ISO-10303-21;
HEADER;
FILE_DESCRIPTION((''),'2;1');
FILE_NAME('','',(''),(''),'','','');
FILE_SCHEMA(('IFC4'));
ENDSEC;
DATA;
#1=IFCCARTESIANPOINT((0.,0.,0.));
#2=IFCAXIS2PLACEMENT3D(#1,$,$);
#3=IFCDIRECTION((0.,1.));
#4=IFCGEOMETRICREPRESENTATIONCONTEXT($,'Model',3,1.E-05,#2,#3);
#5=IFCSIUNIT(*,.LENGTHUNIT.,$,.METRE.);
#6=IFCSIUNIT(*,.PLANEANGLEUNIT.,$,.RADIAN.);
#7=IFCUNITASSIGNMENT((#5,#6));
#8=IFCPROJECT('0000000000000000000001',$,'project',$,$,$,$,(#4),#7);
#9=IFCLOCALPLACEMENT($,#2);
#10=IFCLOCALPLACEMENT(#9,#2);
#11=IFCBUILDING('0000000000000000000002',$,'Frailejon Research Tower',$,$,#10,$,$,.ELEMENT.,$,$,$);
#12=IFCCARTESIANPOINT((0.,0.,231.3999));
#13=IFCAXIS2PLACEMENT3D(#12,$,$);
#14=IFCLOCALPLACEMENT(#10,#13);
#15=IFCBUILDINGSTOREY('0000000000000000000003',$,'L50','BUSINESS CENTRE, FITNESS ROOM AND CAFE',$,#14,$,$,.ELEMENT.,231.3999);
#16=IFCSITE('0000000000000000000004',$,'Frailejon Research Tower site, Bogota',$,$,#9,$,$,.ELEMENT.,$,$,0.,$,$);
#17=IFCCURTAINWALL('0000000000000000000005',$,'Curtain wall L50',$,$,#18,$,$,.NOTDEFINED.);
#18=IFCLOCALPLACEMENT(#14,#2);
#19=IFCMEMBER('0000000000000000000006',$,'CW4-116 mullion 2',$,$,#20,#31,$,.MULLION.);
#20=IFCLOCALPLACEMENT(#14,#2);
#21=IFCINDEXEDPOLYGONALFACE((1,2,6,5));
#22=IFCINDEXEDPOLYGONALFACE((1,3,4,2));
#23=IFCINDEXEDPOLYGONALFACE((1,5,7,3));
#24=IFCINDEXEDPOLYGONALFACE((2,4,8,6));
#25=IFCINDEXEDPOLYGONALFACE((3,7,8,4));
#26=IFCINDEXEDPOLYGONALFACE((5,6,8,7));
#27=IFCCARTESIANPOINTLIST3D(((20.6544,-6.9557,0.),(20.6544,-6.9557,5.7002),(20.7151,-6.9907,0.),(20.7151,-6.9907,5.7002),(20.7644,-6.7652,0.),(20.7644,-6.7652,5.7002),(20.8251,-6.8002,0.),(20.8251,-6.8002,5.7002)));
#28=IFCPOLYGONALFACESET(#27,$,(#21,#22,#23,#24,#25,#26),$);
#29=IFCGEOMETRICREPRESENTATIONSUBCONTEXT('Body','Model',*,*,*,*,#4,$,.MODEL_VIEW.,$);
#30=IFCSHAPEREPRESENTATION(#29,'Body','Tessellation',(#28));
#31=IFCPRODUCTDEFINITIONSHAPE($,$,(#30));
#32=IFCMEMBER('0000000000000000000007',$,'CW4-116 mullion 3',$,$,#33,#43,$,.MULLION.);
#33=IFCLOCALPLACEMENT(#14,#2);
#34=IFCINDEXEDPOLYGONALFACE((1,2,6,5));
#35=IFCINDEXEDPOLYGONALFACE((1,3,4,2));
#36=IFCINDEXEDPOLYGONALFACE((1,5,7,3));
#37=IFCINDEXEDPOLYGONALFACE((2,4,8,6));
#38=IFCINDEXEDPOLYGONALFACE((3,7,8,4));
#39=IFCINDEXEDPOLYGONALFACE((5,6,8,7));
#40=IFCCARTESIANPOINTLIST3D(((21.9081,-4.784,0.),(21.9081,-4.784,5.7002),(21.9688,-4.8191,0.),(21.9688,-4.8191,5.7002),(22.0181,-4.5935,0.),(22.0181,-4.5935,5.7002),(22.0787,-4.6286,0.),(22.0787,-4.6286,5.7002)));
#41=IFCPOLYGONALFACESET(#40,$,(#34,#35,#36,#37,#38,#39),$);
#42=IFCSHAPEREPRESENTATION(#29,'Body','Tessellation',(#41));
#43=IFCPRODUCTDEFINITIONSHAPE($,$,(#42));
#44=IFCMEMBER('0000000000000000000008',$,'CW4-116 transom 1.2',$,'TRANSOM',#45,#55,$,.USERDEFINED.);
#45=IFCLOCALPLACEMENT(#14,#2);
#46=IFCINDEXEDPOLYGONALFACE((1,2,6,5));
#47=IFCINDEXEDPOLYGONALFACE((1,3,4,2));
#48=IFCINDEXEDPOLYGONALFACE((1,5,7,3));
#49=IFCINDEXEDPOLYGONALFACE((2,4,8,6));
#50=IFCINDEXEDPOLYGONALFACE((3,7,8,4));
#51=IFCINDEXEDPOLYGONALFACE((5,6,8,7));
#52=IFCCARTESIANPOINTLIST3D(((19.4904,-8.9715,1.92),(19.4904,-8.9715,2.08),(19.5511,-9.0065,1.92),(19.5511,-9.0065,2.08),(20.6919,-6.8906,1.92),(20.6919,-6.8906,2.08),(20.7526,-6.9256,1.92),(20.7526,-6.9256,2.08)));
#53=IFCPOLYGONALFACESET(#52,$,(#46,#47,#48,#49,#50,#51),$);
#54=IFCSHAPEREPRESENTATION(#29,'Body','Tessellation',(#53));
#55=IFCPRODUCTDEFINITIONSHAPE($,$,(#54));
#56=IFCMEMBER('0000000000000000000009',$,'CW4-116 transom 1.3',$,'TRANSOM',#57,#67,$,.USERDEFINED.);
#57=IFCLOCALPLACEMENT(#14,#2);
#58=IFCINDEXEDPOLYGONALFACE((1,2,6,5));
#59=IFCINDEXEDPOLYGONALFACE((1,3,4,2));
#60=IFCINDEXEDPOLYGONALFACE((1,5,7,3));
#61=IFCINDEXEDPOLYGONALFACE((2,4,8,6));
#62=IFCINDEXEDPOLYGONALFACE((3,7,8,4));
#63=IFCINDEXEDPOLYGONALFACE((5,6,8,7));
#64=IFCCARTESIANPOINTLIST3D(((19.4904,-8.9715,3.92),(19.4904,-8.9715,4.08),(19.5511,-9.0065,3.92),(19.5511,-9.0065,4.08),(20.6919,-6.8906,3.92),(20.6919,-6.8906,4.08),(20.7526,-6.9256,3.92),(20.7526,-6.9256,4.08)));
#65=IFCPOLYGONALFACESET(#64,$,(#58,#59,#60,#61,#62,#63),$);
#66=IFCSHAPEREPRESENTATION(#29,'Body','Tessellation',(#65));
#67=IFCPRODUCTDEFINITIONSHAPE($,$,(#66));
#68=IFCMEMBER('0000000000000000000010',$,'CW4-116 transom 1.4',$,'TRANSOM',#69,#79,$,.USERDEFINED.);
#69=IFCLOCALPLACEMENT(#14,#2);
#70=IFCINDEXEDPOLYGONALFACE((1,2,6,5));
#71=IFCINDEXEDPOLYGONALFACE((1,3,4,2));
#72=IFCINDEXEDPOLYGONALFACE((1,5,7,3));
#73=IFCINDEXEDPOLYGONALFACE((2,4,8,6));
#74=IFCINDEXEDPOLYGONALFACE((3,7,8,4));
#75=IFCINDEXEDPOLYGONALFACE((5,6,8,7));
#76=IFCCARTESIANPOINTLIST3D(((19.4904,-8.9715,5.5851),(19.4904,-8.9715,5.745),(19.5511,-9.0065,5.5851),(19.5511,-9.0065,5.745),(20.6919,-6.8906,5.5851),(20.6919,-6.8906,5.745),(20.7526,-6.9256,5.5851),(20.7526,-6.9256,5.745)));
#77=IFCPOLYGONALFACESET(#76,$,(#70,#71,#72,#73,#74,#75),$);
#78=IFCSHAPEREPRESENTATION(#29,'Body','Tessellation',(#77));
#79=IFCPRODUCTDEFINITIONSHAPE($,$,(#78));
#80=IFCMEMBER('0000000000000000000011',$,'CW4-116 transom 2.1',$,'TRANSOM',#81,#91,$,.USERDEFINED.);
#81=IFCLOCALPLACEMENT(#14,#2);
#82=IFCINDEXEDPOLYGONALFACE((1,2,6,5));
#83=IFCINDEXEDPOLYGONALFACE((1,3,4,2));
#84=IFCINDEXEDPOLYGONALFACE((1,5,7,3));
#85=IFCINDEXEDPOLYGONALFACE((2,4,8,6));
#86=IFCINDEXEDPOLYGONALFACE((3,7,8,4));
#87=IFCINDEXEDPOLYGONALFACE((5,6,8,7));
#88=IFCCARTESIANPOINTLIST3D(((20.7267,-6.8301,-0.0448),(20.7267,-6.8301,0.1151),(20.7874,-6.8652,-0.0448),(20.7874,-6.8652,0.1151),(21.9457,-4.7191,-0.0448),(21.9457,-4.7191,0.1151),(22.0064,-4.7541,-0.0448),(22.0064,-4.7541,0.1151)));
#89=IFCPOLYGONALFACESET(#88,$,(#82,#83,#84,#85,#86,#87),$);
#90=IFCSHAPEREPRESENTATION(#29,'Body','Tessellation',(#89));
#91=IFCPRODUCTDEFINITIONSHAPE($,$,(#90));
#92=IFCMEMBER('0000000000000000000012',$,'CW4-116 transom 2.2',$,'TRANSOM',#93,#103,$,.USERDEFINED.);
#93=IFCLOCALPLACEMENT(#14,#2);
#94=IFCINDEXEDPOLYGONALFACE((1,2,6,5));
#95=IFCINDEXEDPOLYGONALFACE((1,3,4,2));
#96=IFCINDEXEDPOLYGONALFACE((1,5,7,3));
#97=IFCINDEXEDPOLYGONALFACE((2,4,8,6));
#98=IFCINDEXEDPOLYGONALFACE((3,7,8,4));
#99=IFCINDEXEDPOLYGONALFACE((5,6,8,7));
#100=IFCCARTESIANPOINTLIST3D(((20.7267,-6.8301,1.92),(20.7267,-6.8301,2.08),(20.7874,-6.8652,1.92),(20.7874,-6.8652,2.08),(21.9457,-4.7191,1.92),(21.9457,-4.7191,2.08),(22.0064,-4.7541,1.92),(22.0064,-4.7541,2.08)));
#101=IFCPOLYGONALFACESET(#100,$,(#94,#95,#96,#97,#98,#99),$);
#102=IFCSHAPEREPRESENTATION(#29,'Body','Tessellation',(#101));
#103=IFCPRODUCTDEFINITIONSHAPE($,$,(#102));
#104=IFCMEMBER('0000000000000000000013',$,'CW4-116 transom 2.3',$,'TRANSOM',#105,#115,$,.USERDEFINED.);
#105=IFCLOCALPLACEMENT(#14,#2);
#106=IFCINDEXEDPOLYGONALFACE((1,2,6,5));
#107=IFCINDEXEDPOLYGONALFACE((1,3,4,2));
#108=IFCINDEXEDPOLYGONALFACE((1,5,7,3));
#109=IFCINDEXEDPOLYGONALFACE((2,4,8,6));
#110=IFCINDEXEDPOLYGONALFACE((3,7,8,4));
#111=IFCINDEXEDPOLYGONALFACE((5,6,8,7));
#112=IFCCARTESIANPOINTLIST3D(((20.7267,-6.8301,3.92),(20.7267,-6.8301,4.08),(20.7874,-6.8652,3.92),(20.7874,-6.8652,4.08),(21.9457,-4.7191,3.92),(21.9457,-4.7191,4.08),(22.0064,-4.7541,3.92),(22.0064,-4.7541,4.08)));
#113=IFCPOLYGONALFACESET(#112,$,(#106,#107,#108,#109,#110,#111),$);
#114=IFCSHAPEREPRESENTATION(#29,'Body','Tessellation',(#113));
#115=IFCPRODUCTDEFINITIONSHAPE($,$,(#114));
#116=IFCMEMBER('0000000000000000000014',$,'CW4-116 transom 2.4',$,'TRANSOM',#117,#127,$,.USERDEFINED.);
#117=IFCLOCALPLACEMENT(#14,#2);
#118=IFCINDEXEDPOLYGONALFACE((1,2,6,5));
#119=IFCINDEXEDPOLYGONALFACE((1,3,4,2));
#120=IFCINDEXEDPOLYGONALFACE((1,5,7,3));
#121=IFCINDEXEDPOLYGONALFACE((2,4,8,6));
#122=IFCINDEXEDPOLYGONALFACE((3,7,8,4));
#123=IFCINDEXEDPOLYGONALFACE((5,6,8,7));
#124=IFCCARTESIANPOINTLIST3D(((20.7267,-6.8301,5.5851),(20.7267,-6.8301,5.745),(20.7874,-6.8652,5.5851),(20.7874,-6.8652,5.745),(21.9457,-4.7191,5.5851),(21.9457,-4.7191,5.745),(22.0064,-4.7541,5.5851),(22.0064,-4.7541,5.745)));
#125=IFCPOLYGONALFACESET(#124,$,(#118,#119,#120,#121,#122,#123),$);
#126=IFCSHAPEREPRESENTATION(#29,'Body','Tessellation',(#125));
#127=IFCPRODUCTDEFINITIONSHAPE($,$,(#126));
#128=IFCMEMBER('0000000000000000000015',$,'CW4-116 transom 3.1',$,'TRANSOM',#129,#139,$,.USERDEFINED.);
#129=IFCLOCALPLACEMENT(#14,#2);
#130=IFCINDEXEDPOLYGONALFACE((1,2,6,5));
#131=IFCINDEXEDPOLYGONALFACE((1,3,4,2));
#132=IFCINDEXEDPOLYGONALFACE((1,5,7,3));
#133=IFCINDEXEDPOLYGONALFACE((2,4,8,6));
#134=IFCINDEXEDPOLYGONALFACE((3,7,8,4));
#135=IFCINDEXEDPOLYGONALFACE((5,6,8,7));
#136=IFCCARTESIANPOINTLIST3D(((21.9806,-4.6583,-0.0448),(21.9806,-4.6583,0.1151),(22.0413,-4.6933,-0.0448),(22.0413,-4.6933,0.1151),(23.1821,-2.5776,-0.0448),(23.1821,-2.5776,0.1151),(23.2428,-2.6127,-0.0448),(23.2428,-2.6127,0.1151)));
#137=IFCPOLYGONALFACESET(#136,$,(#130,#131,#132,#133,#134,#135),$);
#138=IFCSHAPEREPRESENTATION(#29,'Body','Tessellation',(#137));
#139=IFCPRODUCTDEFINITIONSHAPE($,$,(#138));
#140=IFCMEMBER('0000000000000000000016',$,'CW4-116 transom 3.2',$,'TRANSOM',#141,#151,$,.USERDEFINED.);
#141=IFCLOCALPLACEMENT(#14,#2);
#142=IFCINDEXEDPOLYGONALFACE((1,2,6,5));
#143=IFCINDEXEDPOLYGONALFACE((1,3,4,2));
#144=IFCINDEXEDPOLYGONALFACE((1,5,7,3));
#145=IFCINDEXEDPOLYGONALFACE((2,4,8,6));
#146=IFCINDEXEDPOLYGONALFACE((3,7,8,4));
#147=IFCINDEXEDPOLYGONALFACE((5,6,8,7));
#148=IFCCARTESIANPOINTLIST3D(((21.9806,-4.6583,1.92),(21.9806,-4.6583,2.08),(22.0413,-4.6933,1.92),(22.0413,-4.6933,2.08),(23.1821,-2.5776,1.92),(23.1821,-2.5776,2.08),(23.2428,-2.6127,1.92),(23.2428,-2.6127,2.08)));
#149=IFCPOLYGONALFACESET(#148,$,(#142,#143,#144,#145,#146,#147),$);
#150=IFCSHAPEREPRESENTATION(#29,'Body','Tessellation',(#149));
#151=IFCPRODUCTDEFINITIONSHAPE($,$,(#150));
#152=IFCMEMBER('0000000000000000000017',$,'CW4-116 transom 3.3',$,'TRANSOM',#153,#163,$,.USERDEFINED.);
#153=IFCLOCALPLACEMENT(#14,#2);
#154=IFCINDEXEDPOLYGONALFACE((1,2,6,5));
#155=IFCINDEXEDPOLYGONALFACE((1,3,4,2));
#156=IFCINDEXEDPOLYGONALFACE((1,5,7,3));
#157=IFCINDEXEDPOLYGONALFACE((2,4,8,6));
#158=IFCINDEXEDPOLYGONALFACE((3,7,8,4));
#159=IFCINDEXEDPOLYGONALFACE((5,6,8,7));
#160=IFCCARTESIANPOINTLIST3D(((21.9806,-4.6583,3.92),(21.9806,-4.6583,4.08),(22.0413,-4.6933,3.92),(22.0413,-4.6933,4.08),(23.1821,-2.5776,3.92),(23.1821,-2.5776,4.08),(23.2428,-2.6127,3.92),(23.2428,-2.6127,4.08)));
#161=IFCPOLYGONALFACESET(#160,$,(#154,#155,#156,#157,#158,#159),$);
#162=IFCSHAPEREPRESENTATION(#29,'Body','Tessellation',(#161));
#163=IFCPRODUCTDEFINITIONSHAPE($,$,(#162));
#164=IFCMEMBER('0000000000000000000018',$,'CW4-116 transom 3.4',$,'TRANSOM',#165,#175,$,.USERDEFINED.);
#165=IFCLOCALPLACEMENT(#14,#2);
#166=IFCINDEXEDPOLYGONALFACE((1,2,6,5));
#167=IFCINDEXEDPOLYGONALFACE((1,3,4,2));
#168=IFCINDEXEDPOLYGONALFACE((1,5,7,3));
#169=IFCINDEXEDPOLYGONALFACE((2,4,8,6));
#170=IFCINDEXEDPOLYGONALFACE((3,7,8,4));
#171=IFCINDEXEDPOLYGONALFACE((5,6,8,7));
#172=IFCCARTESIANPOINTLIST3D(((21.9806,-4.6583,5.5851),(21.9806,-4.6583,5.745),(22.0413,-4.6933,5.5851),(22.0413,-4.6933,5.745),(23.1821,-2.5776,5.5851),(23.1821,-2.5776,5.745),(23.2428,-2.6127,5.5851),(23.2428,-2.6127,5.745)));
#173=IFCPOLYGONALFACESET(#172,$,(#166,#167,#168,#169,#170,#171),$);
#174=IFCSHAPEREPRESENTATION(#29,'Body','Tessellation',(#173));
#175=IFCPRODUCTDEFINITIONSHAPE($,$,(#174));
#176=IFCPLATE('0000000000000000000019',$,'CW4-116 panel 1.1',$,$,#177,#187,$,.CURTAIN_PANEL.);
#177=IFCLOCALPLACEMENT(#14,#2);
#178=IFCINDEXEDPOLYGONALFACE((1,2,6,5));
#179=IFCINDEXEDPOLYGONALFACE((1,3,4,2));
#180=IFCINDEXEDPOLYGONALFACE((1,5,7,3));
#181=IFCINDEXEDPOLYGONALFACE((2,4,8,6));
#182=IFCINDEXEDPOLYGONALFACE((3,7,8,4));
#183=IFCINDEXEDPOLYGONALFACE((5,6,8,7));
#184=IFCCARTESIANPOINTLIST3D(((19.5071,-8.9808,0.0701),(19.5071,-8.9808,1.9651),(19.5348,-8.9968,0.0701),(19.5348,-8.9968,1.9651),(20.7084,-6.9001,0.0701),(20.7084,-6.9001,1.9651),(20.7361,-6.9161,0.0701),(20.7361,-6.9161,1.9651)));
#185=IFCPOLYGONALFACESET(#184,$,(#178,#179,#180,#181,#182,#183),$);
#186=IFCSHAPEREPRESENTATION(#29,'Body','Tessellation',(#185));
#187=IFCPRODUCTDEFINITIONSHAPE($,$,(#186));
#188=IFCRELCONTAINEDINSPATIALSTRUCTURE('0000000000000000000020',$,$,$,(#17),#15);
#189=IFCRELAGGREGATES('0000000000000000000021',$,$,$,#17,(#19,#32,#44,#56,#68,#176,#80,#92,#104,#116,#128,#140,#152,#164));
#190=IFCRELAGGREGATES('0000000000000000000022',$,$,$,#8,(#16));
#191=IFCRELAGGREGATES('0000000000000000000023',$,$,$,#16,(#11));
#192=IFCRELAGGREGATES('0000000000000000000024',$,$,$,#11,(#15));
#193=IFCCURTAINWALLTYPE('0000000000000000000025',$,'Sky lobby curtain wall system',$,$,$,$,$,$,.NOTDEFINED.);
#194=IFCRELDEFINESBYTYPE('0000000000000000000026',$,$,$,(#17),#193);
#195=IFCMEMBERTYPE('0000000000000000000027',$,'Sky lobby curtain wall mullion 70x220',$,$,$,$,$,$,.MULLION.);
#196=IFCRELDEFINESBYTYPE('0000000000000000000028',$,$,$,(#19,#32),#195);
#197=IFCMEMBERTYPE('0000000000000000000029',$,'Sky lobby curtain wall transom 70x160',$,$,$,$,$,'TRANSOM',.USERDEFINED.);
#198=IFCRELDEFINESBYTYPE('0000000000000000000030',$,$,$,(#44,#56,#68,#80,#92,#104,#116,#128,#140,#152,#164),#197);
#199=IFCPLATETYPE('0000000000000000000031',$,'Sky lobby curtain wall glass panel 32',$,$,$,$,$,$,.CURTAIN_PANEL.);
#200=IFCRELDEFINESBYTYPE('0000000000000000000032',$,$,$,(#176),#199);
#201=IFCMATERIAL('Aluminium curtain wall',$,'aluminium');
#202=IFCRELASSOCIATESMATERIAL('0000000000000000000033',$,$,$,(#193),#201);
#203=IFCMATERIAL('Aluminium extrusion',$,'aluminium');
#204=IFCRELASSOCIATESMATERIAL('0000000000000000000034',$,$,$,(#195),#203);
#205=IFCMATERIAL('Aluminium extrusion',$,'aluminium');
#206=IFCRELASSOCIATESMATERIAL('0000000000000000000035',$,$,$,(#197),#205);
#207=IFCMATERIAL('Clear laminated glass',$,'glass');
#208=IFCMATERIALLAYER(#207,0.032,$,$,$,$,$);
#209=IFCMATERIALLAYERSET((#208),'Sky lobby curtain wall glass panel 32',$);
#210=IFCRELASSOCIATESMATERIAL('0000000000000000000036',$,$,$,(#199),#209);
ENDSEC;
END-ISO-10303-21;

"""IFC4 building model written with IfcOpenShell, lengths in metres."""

from ifc_helpers import new_model, si_unit, direction, frame, origin, origin_2d, place, context, subcontext, project, spatial, rectangle, extrude, material, layer, layer_set, material_profile, profile_set, type_object, element, aggregate, save


model = new_model("IFC4")

# Units and contexts
model_context = context("Model", 3, precision=1e-05, world=origin(), true_north=direction((0.0, 1.0)))
body_context = subcontext(model_context, "Body", "Model", "MODEL_VIEW")
ifc_project = project(units=[si_unit("LENGTHUNIT", "METRE"), si_unit("PLANEANGLEUNIT", "RADIAN")], contexts=[model_context])

# Site, building, storey
site_placement = place(None, origin())
site = spatial("IfcSite", under=ifc_project, at=site_placement, Name="Frailejon Research Tower site, Bogota", CompositionType="ELEMENT", RefElevation=0.0)
building_placement = place(site_placement, origin())
building = spatial("IfcBuilding", under=site, at=building_placement, Name="Frailejon Research Tower", CompositionType="ELEMENT")
storey_placement = place(building_placement, frame((0.0, 0.0, 231.3999)))
storey = spatial("IfcBuildingStorey", under=building, at=storey_placement, Name="L50", Description="BUSINESS CENTRE, FITNESS ROOM AND CAFE", CompositionType="ELEMENT", Elevation=231.3999)

# Curtain wall, members, plate
ifc_material_1 = material(Name="Aluminium curtain wall", Category="aluminium")
curtain_wall_type = type_object("IfcCurtainWallType", Name="Sky lobby curtain wall system", PredefinedType="NOTDEFINED", material=ifc_material_1)
curtain_wall_placement = place(storey_placement, origin())
curtain_wall = element("IfcCurtainWall", 1, at=curtain_wall_placement, inside=storey, type_object=curtain_wall_type, Name="Curtain wall L50", PredefinedType="NOTDEFINED")
ifc_material_2 = material(Name="Aluminium extrusion", Category="aluminium")
ifc_material_profile_1 = material_profile(ifc_material_2, rectangle(XDim=0.0701, YDim=0.22, at=origin_2d()), Name="Sky lobby curtain wall mullion 70x220")
ifc_profile_set_1 = profile_set([ifc_material_profile_1], Name="Aluminium extrusion")
member_type_1 = type_object("IfcMemberType", Name="Sky lobby curtain wall mullion 70x220", PredefinedType="MULLION", material=ifc_profile_set_1)
member_1_placement = place(storey_placement, frame((20.7397, -6.8779, 0.0), z_axis=(0.0, 0.0, 1.0), x_axis=(-0.866025, 0.500001, 0.0)))
member_1 = element("IfcMember", 2, at=member_1_placement, type_object=member_type_1, Name="CW4-116 mullion 2", PredefinedType="MULLION", context=body_context, shape_type="SweptSolid", body=[
    extrude(rectangle(XDim=0.0701, YDim=0.22, at=origin_2d()), origin(), (0.0, 0.0, 1.0), 5.7002),
])
member_2_placement = place(storey_placement, frame((21.9934, -4.7063, 0.0), z_axis=(0.0, 0.0, 1.0), x_axis=(-0.866025, 0.500001, 0.0)))
member_2 = element("IfcMember", 3, at=member_2_placement, type_object=member_type_1, Name="CW4-116 mullion 3", PredefinedType="MULLION", context=body_context, shape_type="SweptSolid", body=[
    extrude(rectangle(XDim=0.0701, YDim=0.22, at=origin_2d()), origin(), (0.0, 0.0, 1.0), 5.7002),
])
ifc_material_3 = material(Name="Aluminium extrusion", Category="aluminium")
ifc_material_profile_2 = material_profile(ifc_material_3, rectangle(XDim=0.0701, YDim=0.1599, at=origin_2d()), Name="Sky lobby curtain wall transom 70x160")
ifc_profile_set_2 = profile_set([ifc_material_profile_2], Name="Aluminium extrusion")
member_type_2 = type_object("IfcMemberType", Name="Sky lobby curtain wall transom 70x160", ElementType="TRANSOM", PredefinedType="USERDEFINED", material=ifc_profile_set_2)
member_3_placement = place(storey_placement, frame((19.5208, -8.989, 2.0), z_axis=(0.500019, 0.866015, 0.0), x_axis=(-0.866015, 0.500019, 0.0)))
member_3 = element("IfcMember", 4, at=member_3_placement, type_object=member_type_2, Name="CW4-116 transom 1.2", ObjectType="TRANSOM", PredefinedType="USERDEFINED", context=body_context, shape_type="SweptSolid", body=[
    extrude(rectangle(XDim=0.0701, YDim=0.1599, at=origin_2d()), origin(), (0.0, 0.0, 1.0), 2.4028),
])
member_4_placement = place(storey_placement, frame((19.5208, -8.989, 4.0), z_axis=(0.500019, 0.866015, 0.0), x_axis=(-0.866015, 0.500019, 0.0)))
member_4 = element("IfcMember", 5, at=member_4_placement, type_object=member_type_2, Name="CW4-116 transom 1.3", ObjectType="TRANSOM", PredefinedType="USERDEFINED", context=body_context, shape_type="SweptSolid", body=[
    extrude(rectangle(XDim=0.0701, YDim=0.1599, at=origin_2d()), origin(), (0.0, 0.0, 1.0), 2.4028),
])
member_5_placement = place(storey_placement, frame((19.5208, -8.989, 5.665), z_axis=(0.500019, 0.866015, 0.0), x_axis=(-0.866015, 0.500019, 0.0)))
member_5 = element("IfcMember", 6, at=member_5_placement, type_object=member_type_2, Name="CW4-116 transom 1.4", ObjectType="TRANSOM", PredefinedType="USERDEFINED", context=body_context, shape_type="SweptSolid", body=[
    extrude(rectangle(XDim=0.0701, YDim=0.1599, at=origin_2d()), origin(), (0.0, 0.0, 1.0), 2.4028),
])
member_6_placement = place(storey_placement, frame((20.7571, -6.8477, 0.0352), z_axis=(0.500049, 0.865997, 0.0), x_axis=(-0.865997, 0.500049, 0.0)))
member_6 = element("IfcMember", 7, at=member_6_placement, type_object=member_type_2, Name="CW4-116 transom 2.1", ObjectType="TRANSOM", PredefinedType="USERDEFINED", context=body_context, shape_type="SweptSolid", body=[
    extrude(rectangle(XDim=0.0701, YDim=0.1599, at=origin_2d()), origin(), (0.0, 0.0, 1.0), 2.4377),
])
member_7_placement = place(storey_placement, frame((20.7571, -6.8477, 2.0), z_axis=(0.500049, 0.865997, 0.0), x_axis=(-0.865997, 0.500049, 0.0)))
member_7 = element("IfcMember", 8, at=member_7_placement, type_object=member_type_2, Name="CW4-116 transom 2.2", ObjectType="TRANSOM", PredefinedType="USERDEFINED", context=body_context, shape_type="SweptSolid", body=[
    extrude(rectangle(XDim=0.0701, YDim=0.1599, at=origin_2d()), origin(), (0.0, 0.0, 1.0), 2.4377),
])
member_8_placement = place(storey_placement, frame((20.7571, -6.8477, 4.0), z_axis=(0.500049, 0.865997, 0.0), x_axis=(-0.865997, 0.500049, 0.0)))
member_8 = element("IfcMember", 9, at=member_8_placement, type_object=member_type_2, Name="CW4-116 transom 2.3", ObjectType="TRANSOM", PredefinedType="USERDEFINED", context=body_context, shape_type="SweptSolid", body=[
    extrude(rectangle(XDim=0.0701, YDim=0.1599, at=origin_2d()), origin(), (0.0, 0.0, 1.0), 2.4377),
])
member_9_placement = place(storey_placement, frame((20.7571, -6.8477, 5.665), z_axis=(0.500049, 0.865997, 0.0), x_axis=(-0.865997, 0.500049, 0.0)))
member_9 = element("IfcMember", 10, at=member_9_placement, type_object=member_type_2, Name="CW4-116 transom 2.4", ObjectType="TRANSOM", PredefinedType="USERDEFINED", context=body_context, shape_type="SweptSolid", body=[
    extrude(rectangle(XDim=0.0701, YDim=0.1599, at=origin_2d()), origin(), (0.0, 0.0, 1.0), 2.4377),
])
member_10_placement = place(storey_placement, frame((22.011, -4.6758, 0.0352), z_axis=(0.500063, 0.865989, 0.0), x_axis=(-0.865989, 0.500063, 0.0)))
member_10 = element("IfcMember", 11, at=member_10_placement, type_object=member_type_2, Name="CW4-116 transom 3.1", ObjectType="TRANSOM", PredefinedType="USERDEFINED", context=body_context, shape_type="SweptSolid", body=[
    extrude(rectangle(XDim=0.0701, YDim=0.1599, at=origin_2d()), origin(), (0.0, 0.0, 1.0), 2.4026),
])
member_11_placement = place(storey_placement, frame((22.011, -4.6758, 2.0), z_axis=(0.500063, 0.865989, 0.0), x_axis=(-0.865989, 0.500063, 0.0)))
member_11 = element("IfcMember", 12, at=member_11_placement, type_object=member_type_2, Name="CW4-116 transom 3.2", ObjectType="TRANSOM", PredefinedType="USERDEFINED", context=body_context, shape_type="SweptSolid", body=[
    extrude(rectangle(XDim=0.0701, YDim=0.1599, at=origin_2d()), origin(), (0.0, 0.0, 1.0), 2.4026),
])
member_12_placement = place(storey_placement, frame((22.011, -4.6758, 4.0), z_axis=(0.500063, 0.865989, 0.0), x_axis=(-0.865989, 0.500063, 0.0)))
member_12 = element("IfcMember", 13, at=member_12_placement, type_object=member_type_2, Name="CW4-116 transom 3.3", ObjectType="TRANSOM", PredefinedType="USERDEFINED", context=body_context, shape_type="SweptSolid", body=[
    extrude(rectangle(XDim=0.0701, YDim=0.1599, at=origin_2d()), origin(), (0.0, 0.0, 1.0), 2.4026),
])
member_13_placement = place(storey_placement, frame((22.011, -4.6758, 5.665), z_axis=(0.500063, 0.865989, 0.0), x_axis=(-0.865989, 0.500063, 0.0)))
member_13 = element("IfcMember", 14, at=member_13_placement, type_object=member_type_2, Name="CW4-116 transom 3.4", ObjectType="TRANSOM", PredefinedType="USERDEFINED", context=body_context, shape_type="SweptSolid", body=[
    extrude(rectangle(XDim=0.0701, YDim=0.1599, at=origin_2d()), origin(), (0.0, 0.0, 1.0), 2.4026),
])
ifc_material_4 = material(Name="Clear laminated glass", Category="glass")
ifc_layer_1 = layer(ifc_material_4, 0.032)
ifc_layer_set_1 = layer_set([ifc_layer_1], Name="Sky lobby curtain wall glass panel 32")
plate_type = type_object("IfcPlateType", Name="Sky lobby curtain wall glass panel 32", PredefinedType="CURTAIN_PANEL", material=ifc_layer_set_1)
plate_1_placement = place(storey_placement, frame((20.1216, -7.9485, 0.0701), z_axis=(0.0, 0.0, 1.0), x_axis=(0.500001, 0.866025, 0.0)))
plate_1 = element("IfcPlate", 15, at=plate_1_placement, type_object=plate_type, Name="CW4-116 panel 1.1", PredefinedType="CURTAIN_PANEL", context=body_context, shape_type="SweptSolid", body=[
    extrude(rectangle(XDim=2.4026, YDim=0.032, at=origin_2d()), origin(), (0.0, 0.0, 1.0), 1.895),
])
aggregate(curtain_wall, [member_1, member_2, member_3, member_4, member_5, plate_1, member_6, member_7, member_8, member_9, member_10, member_11, member_12, member_13])

save(model, "model.ifc")
